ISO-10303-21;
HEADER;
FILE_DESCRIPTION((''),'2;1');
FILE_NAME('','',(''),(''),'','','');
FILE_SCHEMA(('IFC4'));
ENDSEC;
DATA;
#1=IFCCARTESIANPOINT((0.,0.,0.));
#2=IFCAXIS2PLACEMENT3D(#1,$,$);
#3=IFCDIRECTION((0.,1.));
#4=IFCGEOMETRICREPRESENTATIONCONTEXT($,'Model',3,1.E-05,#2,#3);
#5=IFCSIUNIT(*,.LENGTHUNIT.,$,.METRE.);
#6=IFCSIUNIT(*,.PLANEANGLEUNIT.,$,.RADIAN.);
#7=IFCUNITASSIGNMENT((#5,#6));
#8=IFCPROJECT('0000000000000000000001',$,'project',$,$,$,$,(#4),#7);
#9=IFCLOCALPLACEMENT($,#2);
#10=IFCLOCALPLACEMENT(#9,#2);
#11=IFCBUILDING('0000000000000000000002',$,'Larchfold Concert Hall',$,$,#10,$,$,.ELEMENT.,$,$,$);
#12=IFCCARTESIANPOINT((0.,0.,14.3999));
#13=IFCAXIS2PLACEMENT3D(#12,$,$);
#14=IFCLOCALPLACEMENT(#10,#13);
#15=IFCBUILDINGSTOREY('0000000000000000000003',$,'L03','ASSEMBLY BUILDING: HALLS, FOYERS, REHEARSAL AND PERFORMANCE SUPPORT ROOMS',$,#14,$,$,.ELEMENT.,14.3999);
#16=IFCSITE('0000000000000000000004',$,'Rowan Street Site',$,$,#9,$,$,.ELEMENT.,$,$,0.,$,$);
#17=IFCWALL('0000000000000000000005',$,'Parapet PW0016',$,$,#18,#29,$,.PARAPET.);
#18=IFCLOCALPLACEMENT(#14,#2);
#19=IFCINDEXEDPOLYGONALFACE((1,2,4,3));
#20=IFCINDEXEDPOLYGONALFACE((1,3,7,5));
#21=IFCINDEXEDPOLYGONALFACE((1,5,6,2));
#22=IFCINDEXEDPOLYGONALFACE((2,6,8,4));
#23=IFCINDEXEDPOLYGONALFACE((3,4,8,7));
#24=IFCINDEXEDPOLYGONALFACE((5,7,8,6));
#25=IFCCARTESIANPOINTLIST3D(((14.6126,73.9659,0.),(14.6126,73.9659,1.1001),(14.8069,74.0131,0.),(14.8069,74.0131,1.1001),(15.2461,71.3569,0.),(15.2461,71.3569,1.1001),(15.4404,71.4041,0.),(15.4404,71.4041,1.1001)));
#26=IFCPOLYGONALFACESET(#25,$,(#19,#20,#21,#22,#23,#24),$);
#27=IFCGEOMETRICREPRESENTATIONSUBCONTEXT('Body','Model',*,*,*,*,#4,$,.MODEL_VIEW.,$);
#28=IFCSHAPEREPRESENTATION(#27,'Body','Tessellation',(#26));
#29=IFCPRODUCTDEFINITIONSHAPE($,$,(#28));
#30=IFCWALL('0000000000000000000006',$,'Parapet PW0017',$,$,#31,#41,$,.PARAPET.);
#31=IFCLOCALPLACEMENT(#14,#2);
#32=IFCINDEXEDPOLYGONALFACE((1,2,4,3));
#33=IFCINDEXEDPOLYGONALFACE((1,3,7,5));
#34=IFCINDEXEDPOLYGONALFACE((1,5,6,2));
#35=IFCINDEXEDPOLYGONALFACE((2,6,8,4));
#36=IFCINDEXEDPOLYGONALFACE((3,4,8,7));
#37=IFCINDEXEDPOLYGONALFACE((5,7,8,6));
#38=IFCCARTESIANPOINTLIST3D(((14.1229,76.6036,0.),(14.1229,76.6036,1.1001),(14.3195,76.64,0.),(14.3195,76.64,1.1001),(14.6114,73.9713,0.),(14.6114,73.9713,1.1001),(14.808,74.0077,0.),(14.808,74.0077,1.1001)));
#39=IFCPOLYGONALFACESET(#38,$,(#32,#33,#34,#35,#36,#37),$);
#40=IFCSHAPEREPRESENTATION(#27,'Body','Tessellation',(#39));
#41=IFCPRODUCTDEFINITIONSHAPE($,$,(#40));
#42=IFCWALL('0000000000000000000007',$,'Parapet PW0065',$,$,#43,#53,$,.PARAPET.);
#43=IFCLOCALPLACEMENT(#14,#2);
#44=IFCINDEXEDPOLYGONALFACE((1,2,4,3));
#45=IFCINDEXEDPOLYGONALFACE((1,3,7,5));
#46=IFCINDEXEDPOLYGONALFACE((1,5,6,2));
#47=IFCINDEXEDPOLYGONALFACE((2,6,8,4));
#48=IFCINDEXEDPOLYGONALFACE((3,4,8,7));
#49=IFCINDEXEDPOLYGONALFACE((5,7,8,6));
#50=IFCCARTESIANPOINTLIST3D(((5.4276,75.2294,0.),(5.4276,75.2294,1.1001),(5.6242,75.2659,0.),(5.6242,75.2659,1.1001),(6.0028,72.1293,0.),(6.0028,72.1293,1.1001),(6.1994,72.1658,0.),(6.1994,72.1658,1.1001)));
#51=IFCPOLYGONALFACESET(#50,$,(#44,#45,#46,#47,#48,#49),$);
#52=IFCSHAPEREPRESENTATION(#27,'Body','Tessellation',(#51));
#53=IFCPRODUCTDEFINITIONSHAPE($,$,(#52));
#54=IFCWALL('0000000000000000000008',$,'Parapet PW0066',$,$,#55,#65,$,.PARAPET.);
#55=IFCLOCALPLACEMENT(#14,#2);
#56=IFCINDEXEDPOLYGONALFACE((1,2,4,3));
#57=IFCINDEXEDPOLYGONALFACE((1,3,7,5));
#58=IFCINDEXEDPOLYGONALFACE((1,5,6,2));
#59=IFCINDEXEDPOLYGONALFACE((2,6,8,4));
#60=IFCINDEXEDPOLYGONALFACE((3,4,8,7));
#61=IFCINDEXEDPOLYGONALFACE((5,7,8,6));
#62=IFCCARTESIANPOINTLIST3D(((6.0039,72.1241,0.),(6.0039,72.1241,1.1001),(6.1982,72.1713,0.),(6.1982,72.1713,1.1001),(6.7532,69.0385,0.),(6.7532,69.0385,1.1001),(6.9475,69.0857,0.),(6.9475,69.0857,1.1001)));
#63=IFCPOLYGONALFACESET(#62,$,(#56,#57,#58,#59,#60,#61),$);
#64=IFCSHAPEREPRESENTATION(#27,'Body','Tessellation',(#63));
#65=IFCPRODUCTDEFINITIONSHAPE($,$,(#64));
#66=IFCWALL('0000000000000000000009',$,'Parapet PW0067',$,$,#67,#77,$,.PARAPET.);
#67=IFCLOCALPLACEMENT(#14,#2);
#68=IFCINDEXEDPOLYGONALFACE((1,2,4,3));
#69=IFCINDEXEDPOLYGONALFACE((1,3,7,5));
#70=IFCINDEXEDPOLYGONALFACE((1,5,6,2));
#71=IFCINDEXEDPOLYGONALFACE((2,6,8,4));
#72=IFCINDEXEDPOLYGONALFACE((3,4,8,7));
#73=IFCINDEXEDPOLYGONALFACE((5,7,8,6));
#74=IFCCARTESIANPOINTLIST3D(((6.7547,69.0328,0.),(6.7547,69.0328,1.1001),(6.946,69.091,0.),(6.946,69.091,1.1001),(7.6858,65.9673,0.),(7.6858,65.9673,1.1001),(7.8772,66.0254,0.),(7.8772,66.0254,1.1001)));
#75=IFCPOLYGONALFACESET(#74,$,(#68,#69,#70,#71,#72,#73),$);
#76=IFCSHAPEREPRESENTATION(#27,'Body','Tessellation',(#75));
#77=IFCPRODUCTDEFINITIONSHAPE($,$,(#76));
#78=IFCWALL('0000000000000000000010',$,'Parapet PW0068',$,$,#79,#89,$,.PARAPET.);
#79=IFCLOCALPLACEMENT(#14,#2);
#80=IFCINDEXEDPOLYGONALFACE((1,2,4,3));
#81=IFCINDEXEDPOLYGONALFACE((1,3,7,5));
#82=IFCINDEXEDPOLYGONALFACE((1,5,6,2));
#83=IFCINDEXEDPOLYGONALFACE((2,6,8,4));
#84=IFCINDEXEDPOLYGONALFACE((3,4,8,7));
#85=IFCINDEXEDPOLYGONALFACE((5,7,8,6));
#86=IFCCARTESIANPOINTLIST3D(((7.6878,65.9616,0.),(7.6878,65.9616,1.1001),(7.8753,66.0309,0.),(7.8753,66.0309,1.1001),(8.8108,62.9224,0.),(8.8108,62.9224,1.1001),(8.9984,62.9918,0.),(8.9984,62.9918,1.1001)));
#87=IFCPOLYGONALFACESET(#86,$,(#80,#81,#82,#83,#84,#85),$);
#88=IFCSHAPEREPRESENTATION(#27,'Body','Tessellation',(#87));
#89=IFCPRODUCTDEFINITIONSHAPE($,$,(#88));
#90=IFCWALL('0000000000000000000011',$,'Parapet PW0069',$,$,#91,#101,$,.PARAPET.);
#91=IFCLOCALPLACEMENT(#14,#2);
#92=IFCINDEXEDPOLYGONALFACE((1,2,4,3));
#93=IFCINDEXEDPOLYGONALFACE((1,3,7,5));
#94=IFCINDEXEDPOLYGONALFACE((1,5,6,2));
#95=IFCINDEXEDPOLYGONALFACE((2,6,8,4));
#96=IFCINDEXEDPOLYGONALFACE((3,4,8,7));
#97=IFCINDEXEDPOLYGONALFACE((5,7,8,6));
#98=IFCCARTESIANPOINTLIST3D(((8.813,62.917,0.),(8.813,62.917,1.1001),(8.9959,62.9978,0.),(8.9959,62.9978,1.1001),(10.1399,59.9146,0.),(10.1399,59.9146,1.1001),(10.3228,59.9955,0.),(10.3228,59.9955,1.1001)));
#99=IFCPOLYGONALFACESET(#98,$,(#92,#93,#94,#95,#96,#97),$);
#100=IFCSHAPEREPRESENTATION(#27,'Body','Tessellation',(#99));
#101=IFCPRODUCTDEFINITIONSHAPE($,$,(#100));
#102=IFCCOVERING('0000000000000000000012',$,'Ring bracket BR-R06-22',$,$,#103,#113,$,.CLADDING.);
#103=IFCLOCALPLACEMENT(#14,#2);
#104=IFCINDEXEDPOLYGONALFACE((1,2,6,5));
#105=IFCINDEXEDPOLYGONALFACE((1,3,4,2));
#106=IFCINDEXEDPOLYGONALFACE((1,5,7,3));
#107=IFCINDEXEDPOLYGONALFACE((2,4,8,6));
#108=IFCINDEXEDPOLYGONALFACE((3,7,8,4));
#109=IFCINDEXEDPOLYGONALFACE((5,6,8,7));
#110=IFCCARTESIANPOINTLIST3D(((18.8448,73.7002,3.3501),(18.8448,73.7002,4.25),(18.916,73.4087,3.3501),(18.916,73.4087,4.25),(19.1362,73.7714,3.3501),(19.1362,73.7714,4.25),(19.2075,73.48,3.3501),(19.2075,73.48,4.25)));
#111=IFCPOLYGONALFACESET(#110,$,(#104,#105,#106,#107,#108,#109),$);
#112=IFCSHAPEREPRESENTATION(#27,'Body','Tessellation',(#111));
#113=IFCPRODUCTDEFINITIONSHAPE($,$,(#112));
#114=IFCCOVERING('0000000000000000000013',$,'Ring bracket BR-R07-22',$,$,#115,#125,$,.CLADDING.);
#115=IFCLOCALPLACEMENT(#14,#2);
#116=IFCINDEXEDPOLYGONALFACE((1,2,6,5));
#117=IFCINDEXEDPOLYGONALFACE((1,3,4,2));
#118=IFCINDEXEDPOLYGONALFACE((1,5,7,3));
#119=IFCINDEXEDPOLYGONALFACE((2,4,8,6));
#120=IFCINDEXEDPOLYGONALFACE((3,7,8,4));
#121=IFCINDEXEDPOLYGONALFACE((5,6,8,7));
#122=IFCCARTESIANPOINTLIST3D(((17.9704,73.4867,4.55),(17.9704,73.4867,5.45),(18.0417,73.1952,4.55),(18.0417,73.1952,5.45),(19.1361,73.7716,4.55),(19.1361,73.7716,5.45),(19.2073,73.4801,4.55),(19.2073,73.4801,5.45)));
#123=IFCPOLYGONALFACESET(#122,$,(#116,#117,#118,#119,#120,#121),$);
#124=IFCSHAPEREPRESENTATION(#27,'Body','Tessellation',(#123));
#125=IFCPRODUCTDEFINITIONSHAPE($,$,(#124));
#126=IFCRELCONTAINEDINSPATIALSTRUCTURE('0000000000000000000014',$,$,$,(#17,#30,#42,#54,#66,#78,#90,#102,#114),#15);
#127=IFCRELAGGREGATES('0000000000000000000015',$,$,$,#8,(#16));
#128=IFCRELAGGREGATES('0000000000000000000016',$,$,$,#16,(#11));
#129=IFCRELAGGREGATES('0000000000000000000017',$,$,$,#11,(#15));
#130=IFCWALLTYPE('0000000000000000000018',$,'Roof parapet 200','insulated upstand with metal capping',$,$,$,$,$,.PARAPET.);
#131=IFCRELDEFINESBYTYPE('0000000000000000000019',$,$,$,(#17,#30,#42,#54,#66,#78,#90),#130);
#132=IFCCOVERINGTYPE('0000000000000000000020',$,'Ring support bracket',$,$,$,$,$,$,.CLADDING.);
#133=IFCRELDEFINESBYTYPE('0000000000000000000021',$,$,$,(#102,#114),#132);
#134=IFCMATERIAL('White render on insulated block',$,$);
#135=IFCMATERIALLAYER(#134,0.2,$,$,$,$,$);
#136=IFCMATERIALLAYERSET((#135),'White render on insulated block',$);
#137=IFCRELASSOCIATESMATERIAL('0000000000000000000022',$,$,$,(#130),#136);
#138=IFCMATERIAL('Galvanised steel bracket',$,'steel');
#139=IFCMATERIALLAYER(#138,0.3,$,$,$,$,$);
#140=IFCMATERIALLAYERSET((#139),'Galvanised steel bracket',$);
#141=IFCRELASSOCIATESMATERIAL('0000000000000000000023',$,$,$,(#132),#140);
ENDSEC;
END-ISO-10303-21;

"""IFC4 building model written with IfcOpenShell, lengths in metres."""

from ifc_helpers import new_model, si_unit, direction, frame, frame_2d, origin, origin_2d, place, context, subcontext, project, spatial, rectangle, extrude, material, layer, layer_set, type_object, element, save


model = new_model("IFC4")

# Units and contexts
model_context = context("Model", 3, precision=1e-05, world=origin(), true_north=direction((0.0, 1.0)))
body_context = subcontext(model_context, "Body", "Model", "MODEL_VIEW")
ifc_project = project(units=[si_unit("LENGTHUNIT", "METRE"), si_unit("PLANEANGLEUNIT", "RADIAN")], contexts=[model_context])

# Site, building, storey
site_placement = place(None, origin())
site = spatial("IfcSite", under=ifc_project, at=site_placement, Name="Rowan Street Site", CompositionType="ELEMENT", RefElevation=0.0)
building_placement = place(site_placement, origin())
building = spatial("IfcBuilding", under=site, at=building_placement, Name="Larchfold Concert Hall", CompositionType="ELEMENT")
storey_placement = place(building_placement, frame((0.0, 0.0, 14.3999)))
storey = spatial("IfcBuildingStorey", under=building, at=storey_placement, Name="L03", Description="ASSEMBLY BUILDING: HALLS, FOYERS, REHEARSAL AND PERFORMANCE SUPPORT ROOMS", CompositionType="ELEMENT", Elevation=14.3999)

# Walls
ifc_material_1 = material(Name="White render on insulated block")
ifc_layer_1 = layer(ifc_material_1, 0.2)
ifc_layer_set_1 = layer_set([ifc_layer_1], Name="White render on insulated block")
wall_type_1 = type_object("IfcWallType", Name="Roof parapet 200", Description="insulated upstand with metal capping", PredefinedType="PARAPET", material=ifc_layer_set_1)
wall_1_placement = place(storey_placement, frame((15.3433, 71.3806, 0.0), z_axis=(0.0, 0.0, 1.0), x_axis=(-0.235983, 0.971757, 0.0)))
element("IfcWall", 1, at=wall_1_placement, inside=storey, type_object=wall_type_1, Name="Parapet PW0016", PredefinedType="PARAPET", context=body_context, shape_type="SweptSolid", body=[
    extrude(rectangle(XDim=2.6848, YDim=0.2, at=frame_2d((1.3423, 0.0))), origin(), (0.0, 0.0, 1.0), 1.1001),
])
wall_2_placement = place(storey_placement, frame((14.7097, 73.9895, 0.0), z_axis=(0.0, 0.0, 1.0), x_axis=(-0.182471, 0.983211, 0.0)))
element("IfcWall", 2, at=wall_2_placement, inside=storey, type_object=wall_type_1, Name="Parapet PW0017", PredefinedType="PARAPET", context=body_context, shape_type="SweptSolid", body=[
    extrude(rectangle(XDim=2.6772, YDim=0.2, at=frame_2d((1.3386, 0.0))), origin(), (0.0, 0.0, 1.0), 1.1001),
])
wall_3_placement = place(storey_placement, frame((5.5259, 75.2478, 0.0), z_axis=(0.0, 0.0, 1.0), x_axis=(0.182428, -0.983219, 0.0)))
element("IfcWall", 3, at=wall_3_placement, inside=storey, type_object=wall_type_1, Name="Parapet PW0065", PredefinedType="PARAPET", context=body_context, shape_type="SweptSolid", body=[
    extrude(rectangle(XDim=3.1531, YDim=0.2, at=frame_2d((1.5767, 0.0))), origin(), (0.0, 0.0, 1.0), 1.1001),
])
wall_4_placement = place(storey_placement, frame((6.1011, 72.1477, 0.0), z_axis=(0.0, 0.0, 1.0), x_axis=(0.235963, -0.971762, 0.0)))
element("IfcWall", 4, at=wall_4_placement, inside=storey, type_object=wall_type_1, Name="Parapet PW0066", PredefinedType="PARAPET", context=body_context, shape_type="SweptSolid", body=[
    extrude(rectangle(XDim=3.1753, YDim=0.2, at=frame_2d((1.5876, 0.0))), origin(), (0.0, 0.0, 1.0), 1.1001),
])
wall_5_placement = place(storey_placement, frame((6.8503, 69.062, 0.0), z_axis=(0.0, 0.0, 1.0), x_axis=(0.290625, -0.956837, 0.0)))
element("IfcWall", 5, at=wall_5_placement, inside=storey, type_object=wall_type_1, Name="Parapet PW0067", PredefinedType="PARAPET", context=body_context, shape_type="SweptSolid", body=[
    extrude(rectangle(XDim=3.2039, YDim=0.2, at=frame_2d((1.6021, 0.0))), origin(), (0.0, 0.0, 1.0), 1.1001),
])
wall_6_placement = place(storey_placement, frame((7.7815, 65.9963, 0.0), z_axis=(0.0, 0.0, 1.0), x_axis=(0.346627, -0.938003, 0.0)))
element("IfcWall", 6, at=wall_6_placement, inside=storey, type_object=wall_type_1, Name="Parapet PW0068", PredefinedType="PARAPET", context=body_context, shape_type="SweptSolid", body=[
    extrude(rectangle(XDim=3.24, YDim=0.2, at=frame_2d((1.6201, 0.0))), origin(), (0.0, 0.0, 1.0), 1.1001),
])
wall_7_placement = place(storey_placement, frame((8.9045, 62.9573, 0.0), z_axis=(0.0, 0.0, 1.0), x_axis=(0.404226, -0.914659, 0.0)))
element("IfcWall", 7, at=wall_7_placement, inside=storey, type_object=wall_type_1, Name="Parapet PW0069", PredefinedType="PARAPET", context=body_context, shape_type="SweptSolid", body=[
    extrude(rectangle(XDim=3.2825, YDim=0.2, at=frame_2d((1.6411, 0.0))), origin(), (0.0, 0.0, 1.0), 1.1001),
])

# Coverings
ifc_material_2 = material(Name="Galvanised steel bracket", Category="steel")
ifc_layer_2 = layer(ifc_material_2, 0.3)
ifc_layer_set_2 = layer_set([ifc_layer_2], Name="Galvanised steel bracket")
covering_type = type_object("IfcCoveringType", Name="Ring support bracket", PredefinedType="CLADDING", material=ifc_layer_set_2)
covering_1_placement = place(storey_placement, frame((19.0261, 73.5901, 3.3501), z_axis=(0.0, 0.0, 1.0), x_axis=(-0.971412, -0.237401, 0.0)))
element("IfcCovering", 8, at=covering_1_placement, inside=storey, type_object=covering_type, Name="Ring bracket BR-R06-22", PredefinedType="CLADDING", context=body_context, shape_type="SweptSolid", body=[
    extrude(rectangle(XDim=0.3, YDim=0.3, at=origin_2d()), origin(), (0.0, 0.0, 1.0), 0.8999),
])
covering_2_placement = place(storey_placement, frame((18.5889, 73.4834, 4.55), z_axis=(0.0, 0.0, 1.0), x_axis=(-0.971412, -0.237401, 0.0)))
element("IfcCovering", 9, at=covering_2_placement, inside=storey, type_object=covering_type, Name="Ring bracket BR-R07-22", PredefinedType="CLADDING", context=body_context, shape_type="SweptSolid", body=[
    extrude(rectangle(XDim=1.2, YDim=0.3, at=origin_2d()), origin(), (0.0, 0.0, 1.0), 0.8999),
])

save(model, "model.ifc")
